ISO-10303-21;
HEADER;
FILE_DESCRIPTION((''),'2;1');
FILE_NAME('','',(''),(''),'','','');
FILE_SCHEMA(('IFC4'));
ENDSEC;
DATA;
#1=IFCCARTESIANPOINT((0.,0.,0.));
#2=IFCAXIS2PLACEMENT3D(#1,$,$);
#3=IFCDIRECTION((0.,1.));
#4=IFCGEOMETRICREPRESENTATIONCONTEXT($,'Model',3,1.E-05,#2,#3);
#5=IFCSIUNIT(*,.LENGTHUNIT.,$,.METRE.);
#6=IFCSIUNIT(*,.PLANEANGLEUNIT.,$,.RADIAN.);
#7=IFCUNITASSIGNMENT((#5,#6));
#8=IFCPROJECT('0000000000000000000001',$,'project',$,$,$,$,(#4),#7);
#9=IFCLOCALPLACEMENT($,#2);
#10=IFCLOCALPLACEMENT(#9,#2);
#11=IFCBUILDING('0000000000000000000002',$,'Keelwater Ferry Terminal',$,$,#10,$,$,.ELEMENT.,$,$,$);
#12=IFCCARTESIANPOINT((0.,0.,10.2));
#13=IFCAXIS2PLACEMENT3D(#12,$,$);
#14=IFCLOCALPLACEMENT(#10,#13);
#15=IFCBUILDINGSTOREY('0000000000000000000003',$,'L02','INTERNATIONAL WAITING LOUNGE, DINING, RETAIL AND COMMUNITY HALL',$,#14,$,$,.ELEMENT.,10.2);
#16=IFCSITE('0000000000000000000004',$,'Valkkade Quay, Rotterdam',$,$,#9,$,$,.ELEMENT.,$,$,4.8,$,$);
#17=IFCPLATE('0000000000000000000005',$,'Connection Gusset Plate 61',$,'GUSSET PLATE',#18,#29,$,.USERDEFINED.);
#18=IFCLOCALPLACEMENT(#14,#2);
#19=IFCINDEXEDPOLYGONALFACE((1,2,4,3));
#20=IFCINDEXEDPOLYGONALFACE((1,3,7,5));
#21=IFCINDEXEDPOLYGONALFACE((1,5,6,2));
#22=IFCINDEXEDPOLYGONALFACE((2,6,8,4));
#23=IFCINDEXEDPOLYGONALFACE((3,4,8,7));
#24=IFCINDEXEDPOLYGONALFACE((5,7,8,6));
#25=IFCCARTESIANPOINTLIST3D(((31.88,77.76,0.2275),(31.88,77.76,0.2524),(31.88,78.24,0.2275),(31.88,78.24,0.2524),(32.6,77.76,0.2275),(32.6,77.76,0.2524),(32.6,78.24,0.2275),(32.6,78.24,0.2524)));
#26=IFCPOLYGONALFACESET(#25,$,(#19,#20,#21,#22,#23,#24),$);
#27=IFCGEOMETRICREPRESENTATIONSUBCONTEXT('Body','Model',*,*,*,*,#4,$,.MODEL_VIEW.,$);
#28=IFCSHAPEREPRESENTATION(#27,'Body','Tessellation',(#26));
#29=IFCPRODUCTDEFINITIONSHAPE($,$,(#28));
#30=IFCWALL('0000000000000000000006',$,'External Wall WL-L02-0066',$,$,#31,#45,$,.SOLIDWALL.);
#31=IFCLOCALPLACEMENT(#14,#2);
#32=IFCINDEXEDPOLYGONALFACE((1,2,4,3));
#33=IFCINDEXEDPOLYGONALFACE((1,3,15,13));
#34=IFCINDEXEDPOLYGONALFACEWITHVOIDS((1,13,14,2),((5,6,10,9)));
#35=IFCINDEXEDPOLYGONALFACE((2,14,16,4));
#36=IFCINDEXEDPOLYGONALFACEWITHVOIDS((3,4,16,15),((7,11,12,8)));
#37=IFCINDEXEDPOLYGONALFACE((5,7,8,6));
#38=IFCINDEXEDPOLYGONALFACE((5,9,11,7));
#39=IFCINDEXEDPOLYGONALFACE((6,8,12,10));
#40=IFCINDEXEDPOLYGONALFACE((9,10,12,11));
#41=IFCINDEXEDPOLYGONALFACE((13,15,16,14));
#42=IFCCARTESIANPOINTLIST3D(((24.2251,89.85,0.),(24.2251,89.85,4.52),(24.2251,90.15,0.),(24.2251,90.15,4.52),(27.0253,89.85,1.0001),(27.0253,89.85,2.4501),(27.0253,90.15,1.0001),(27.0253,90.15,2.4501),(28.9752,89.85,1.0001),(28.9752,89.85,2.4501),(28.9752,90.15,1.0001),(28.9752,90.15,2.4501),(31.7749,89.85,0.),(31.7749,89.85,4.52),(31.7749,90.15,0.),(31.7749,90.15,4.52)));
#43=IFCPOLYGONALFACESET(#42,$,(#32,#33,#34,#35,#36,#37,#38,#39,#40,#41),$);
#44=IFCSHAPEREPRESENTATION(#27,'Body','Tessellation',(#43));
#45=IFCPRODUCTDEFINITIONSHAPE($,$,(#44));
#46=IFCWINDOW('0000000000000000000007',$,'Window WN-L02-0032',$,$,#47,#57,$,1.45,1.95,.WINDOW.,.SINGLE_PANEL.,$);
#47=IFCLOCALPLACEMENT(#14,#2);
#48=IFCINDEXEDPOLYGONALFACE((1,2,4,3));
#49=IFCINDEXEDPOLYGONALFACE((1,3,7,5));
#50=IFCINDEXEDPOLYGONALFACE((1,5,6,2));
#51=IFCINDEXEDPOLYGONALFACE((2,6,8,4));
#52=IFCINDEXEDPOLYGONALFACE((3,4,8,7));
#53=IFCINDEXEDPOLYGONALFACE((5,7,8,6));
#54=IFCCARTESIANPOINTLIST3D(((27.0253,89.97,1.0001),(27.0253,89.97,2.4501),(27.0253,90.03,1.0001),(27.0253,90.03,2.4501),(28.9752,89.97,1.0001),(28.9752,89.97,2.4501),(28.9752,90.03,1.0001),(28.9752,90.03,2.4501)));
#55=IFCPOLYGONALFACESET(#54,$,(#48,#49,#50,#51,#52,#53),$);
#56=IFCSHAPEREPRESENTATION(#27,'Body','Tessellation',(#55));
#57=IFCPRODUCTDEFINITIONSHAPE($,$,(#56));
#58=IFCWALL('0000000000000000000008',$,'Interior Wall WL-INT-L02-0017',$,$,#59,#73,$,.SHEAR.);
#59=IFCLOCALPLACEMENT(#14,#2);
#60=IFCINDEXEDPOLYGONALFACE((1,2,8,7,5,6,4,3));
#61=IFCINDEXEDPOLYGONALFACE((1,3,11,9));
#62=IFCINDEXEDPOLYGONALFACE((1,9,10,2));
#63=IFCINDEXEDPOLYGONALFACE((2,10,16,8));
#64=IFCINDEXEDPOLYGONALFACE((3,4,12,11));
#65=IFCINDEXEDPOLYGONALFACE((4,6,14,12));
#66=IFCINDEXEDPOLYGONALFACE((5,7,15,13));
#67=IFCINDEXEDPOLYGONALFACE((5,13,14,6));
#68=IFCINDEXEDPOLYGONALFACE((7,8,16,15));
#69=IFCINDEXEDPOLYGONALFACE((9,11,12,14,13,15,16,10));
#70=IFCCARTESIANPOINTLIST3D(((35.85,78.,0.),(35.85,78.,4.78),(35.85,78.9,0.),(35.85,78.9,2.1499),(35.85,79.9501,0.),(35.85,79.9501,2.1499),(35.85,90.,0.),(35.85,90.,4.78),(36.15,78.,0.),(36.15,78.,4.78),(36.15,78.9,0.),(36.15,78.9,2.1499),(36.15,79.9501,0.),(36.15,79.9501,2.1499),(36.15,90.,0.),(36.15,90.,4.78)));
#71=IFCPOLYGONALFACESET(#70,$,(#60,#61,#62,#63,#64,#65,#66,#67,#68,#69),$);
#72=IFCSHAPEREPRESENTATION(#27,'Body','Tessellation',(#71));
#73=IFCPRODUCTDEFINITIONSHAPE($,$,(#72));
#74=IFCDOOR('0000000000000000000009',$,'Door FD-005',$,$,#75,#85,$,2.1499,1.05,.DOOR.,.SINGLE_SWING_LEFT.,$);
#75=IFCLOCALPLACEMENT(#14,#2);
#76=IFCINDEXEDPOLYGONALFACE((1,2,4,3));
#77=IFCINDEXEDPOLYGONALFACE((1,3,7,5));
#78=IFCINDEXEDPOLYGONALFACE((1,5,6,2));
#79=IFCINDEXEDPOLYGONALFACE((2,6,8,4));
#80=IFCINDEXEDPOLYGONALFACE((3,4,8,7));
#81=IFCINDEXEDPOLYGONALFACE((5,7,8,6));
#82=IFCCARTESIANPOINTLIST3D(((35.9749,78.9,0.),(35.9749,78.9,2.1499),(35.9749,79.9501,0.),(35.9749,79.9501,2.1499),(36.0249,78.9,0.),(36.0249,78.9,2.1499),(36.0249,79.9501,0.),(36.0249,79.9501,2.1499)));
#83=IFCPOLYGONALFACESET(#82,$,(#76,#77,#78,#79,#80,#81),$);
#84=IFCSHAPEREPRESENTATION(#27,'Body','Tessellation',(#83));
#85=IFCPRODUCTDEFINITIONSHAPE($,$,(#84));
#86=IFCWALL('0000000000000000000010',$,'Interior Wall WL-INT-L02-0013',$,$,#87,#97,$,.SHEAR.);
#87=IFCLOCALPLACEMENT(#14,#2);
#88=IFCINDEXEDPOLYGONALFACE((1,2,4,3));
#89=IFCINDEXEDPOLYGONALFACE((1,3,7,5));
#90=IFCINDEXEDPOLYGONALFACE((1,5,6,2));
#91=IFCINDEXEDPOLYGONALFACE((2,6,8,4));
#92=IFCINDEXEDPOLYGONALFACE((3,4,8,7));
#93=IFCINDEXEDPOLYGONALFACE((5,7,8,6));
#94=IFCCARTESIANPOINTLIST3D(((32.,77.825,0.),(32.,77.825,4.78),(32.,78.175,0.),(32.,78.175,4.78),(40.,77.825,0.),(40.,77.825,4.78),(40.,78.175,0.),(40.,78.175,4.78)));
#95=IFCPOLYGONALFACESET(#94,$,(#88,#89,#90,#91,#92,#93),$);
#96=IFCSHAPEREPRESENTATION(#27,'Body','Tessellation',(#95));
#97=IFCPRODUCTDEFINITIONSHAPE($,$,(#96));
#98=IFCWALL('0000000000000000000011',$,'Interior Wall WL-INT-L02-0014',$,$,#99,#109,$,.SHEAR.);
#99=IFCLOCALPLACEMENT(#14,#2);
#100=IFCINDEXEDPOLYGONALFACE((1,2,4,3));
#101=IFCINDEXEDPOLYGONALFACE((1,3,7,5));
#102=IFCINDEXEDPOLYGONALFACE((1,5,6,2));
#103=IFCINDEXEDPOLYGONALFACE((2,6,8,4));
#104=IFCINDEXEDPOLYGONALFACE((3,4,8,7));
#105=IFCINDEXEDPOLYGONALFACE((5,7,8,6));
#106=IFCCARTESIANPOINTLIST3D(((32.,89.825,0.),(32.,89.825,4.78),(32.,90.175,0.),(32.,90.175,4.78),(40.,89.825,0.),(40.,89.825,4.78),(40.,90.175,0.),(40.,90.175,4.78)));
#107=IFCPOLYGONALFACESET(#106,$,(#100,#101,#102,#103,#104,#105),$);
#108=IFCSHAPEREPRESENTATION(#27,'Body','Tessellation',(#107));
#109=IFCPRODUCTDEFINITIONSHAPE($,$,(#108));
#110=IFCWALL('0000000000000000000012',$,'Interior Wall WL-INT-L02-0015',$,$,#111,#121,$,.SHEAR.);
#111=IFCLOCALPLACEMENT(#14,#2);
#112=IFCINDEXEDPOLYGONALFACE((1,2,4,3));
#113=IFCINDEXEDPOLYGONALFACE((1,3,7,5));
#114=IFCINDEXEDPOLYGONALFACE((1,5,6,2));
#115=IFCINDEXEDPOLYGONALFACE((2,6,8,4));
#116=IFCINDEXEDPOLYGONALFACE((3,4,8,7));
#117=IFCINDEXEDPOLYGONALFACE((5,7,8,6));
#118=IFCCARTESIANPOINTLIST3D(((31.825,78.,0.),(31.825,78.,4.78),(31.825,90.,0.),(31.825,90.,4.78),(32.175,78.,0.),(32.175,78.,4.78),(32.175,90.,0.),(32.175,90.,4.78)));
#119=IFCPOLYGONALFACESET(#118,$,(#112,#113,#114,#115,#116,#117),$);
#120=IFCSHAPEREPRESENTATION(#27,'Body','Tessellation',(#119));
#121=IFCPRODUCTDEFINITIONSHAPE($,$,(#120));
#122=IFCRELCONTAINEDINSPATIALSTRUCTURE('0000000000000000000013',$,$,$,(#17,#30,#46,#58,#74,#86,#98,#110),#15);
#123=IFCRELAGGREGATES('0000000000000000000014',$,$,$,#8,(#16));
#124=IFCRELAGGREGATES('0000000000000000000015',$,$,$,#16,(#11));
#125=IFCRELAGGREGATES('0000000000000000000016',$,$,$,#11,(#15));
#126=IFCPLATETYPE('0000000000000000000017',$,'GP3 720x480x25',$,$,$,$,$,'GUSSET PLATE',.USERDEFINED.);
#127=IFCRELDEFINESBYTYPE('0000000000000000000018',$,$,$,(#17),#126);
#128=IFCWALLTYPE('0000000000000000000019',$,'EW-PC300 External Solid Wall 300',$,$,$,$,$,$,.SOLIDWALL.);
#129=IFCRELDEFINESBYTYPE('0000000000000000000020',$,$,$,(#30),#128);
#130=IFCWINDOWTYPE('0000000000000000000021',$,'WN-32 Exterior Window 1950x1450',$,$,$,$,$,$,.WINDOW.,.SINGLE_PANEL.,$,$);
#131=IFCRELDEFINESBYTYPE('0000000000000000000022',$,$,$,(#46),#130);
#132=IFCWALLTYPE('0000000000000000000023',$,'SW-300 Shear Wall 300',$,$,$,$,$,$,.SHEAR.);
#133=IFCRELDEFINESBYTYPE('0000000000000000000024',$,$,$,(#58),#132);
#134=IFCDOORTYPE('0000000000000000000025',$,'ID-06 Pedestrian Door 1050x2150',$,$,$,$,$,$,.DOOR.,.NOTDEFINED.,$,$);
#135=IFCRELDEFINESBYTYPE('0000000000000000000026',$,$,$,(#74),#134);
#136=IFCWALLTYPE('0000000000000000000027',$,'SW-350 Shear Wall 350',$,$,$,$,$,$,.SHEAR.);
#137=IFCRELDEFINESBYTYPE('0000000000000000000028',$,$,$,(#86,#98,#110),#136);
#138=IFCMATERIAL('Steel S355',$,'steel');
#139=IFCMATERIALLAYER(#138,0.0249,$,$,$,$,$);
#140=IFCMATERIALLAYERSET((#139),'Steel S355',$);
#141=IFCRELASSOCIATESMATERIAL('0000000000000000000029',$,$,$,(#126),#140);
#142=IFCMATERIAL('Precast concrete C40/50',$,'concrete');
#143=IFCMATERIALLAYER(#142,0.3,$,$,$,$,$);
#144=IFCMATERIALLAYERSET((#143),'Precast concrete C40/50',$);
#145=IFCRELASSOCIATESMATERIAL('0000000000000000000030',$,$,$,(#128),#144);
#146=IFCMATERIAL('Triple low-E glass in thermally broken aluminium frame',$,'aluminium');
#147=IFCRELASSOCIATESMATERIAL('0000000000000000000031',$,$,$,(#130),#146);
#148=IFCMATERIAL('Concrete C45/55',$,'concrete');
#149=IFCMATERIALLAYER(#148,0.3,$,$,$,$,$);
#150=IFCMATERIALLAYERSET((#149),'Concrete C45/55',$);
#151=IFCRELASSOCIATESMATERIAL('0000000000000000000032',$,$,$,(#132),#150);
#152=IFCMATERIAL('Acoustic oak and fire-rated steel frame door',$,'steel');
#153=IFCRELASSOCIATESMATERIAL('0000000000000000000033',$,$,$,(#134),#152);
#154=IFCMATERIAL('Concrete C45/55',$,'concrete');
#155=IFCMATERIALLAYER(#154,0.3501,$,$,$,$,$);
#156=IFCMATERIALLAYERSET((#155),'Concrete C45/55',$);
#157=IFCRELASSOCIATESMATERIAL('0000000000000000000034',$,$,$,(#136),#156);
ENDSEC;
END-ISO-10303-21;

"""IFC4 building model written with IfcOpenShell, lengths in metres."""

from ifc_helpers import new_model, si_unit, direction, frame, frame_2d, origin, origin_2d, place, context, subcontext, project, spatial, rectangle, extrude, material, layer, layer_set, type_object, element, fill, save


model = new_model("IFC4")

# Units and contexts
model_context = context("Model", 3, precision=1e-05, world=origin(), true_north=direction((0.0, 1.0)))
body_context = subcontext(model_context, "Body", "Model", "MODEL_VIEW")
ifc_project = project(units=[si_unit("LENGTHUNIT", "METRE"), si_unit("PLANEANGLEUNIT", "RADIAN")], contexts=[model_context])

# Site, building, storey
site_placement = place(None, origin())
site = spatial("IfcSite", under=ifc_project, at=site_placement, Name="Valkkade Quay, Rotterdam", CompositionType="ELEMENT", RefElevation=4.8)
building_placement = place(site_placement, origin())
building = spatial("IfcBuilding", under=site, at=building_placement, Name="Keelwater Ferry Terminal", CompositionType="ELEMENT")
storey_placement = place(building_placement, frame((0.0, 0.0, 10.2)))
storey = spatial("IfcBuildingStorey", under=building, at=storey_placement, Name="L02", Description="INTERNATIONAL WAITING LOUNGE, DINING, RETAIL AND COMMUNITY HALL", CompositionType="ELEMENT", Elevation=10.2)

# Plate
ifc_material_1 = material(Name="Steel S355", Category="steel")
ifc_layer_1 = layer(ifc_material_1, 0.0249)
ifc_layer_set_1 = layer_set([ifc_layer_1], Name="Steel S355")
plate_type = type_object("IfcPlateType", Name="GP3 720x480x25", ElementType="GUSSET PLATE", PredefinedType="USERDEFINED", material=ifc_layer_set_1)
for number, where, z_axis, x_axis, name in (
    (1, (32.24, 78.0, 0.2275), (0.0, 0.0, 1.0), (1.0, 0.0, 0.0), "Connection Gusset Plate 61"),
):
    element("IfcPlate", number, at=place(storey_placement, frame(where, z_axis=z_axis, x_axis=x_axis)), inside=storey, type_object=plate_type, Name=name, ObjectType="GUSSET PLATE", PredefinedType="USERDEFINED", context=body_context, shape_type="SweptSolid", body=[
        extrude(rectangle(XDim=0.72, YDim=0.48, at=origin_2d()), origin(), (0.0, 0.0, 1.0), 0.0249),
    ])

# Wall, opening, window
ifc_material_2 = material(Name="Precast concrete C40/50", Category="concrete")
ifc_layer_2 = layer(ifc_material_2, 0.3)
ifc_layer_set_2 = layer_set([ifc_layer_2], Name="Precast concrete C40/50")
wall_type_1 = type_object("IfcWallType", Name="EW-PC300 External Solid Wall 300", PredefinedType="SOLIDWALL", material=ifc_layer_set_2)
wall_1_placement = place(storey_placement, frame((24.2251, 90.0, 0.0), z_axis=(0.0, 0.0, 1.0), x_axis=(1.0, 0.0, 0.0)))
wall_1 = element("IfcWall", 2, at=wall_1_placement, inside=storey, type_object=wall_type_1, Name="External Wall WL-L02-0066", PredefinedType="SOLIDWALL", context=body_context, shape_type="SweptSolid", body=[
    extrude(rectangle(XDim=7.5498, YDim=0.3, at=frame_2d((3.7749, 0.0))), origin(), (0.0, 0.0, 1.0), 4.52),
])
opening_1_placement = place(wall_1_placement, frame((2.8, 0.0, 1.0)))
opening_1 = element("IfcOpeningElement", 3, at=opening_1_placement, cuts=wall_1, PredefinedType="OPENING", context=body_context, shape_type="SweptSolid", body=[
    extrude(rectangle(XDim=1.95, YDim=1.45, at=frame_2d((0.9751, 0.7251))), frame((0.0, 0.1599, 0.0), z_axis=(0.0, -1.0, 0.0), x_axis=(1.0, 0.0, 0.0)), (0.0, 0.0, 1.0), 0.3201),
])
ifc_material_3 = material(Name="Triple low-E glass in thermally broken aluminium frame", Category="aluminium")
window_type = type_object("IfcWindowType", Name="WN-32 Exterior Window 1950x1450", PartitioningType="SINGLE_PANEL", PredefinedType="WINDOW", material=ifc_material_3)
window_placement = place(opening_1_placement, origin())
window = element("IfcWindow", 4, at=window_placement, inside=storey, type_object=window_type, Name="Window WN-L02-0032", OverallHeight=1.45, OverallWidth=1.95, PartitioningType="SINGLE_PANEL", PredefinedType="WINDOW", context=body_context, shape_type="SweptSolid", body=[
    extrude(rectangle(XDim=1.95, YDim=1.45, at=frame_2d((0.9751, 0.7251))), frame((0.0, 0.03, 0.0), z_axis=(0.0, -1.0, 0.0), x_axis=(1.0, 0.0, 0.0)), (0.0, 0.0, 1.0), 0.0601),
])
fill(opening_1, window)

# Wall, opening, door
ifc_material_4 = material(Name="Concrete C45/55", Category="concrete")
ifc_layer_3 = layer(ifc_material_4, 0.3)
ifc_layer_set_3 = layer_set([ifc_layer_3], Name="Concrete C45/55")
wall_type_2 = type_object("IfcWallType", Name="SW-300 Shear Wall 300", PredefinedType="SHEAR", material=ifc_layer_set_3)
wall_2_placement = place(storey_placement, frame((36.0, 90.0, 0.0), z_axis=(0.0, 0.0, 1.0), x_axis=(0.0, -1.0, 0.0)))
wall_2 = element("IfcWall", 5, at=wall_2_placement, inside=storey, type_object=wall_type_2, Name="Interior Wall WL-INT-L02-0017", PredefinedType="SHEAR", context=body_context, shape_type="SweptSolid", body=[
    extrude(rectangle(XDim=12.0, YDim=0.3, at=frame_2d((6.0, 0.0))), origin(), (0.0, 0.0, 1.0), 4.78),
])
opening_2_placement = place(wall_2_placement, frame((10.05, 0.0, 0.0)))
opening_2 = element("IfcOpeningElement", 6, at=opening_2_placement, cuts=wall_2, PredefinedType="OPENING", context=body_context, shape_type="SweptSolid", body=[
    extrude(rectangle(XDim=1.05, YDim=2.1499, at=frame_2d((0.5249, 1.075))), frame((0.0, 0.1599, 0.0), z_axis=(0.0, -1.0, 0.0), x_axis=(1.0, 0.0, 0.0)), (0.0, 0.0, 1.0), 0.3201),
])
ifc_material_5 = material(Name="Acoustic oak and fire-rated steel frame door", Category="steel")
door_type = type_object("IfcDoorType", Name="ID-06 Pedestrian Door 1050x2150", OperationType="NOTDEFINED", PredefinedType="DOOR", material=ifc_material_5)
door_placement = place(opening_2_placement, origin())
door = element("IfcDoor", 7, at=door_placement, inside=storey, type_object=door_type, Name="Door FD-005", OperationType="SINGLE_SWING_LEFT", OverallHeight=2.1499, OverallWidth=1.05, PredefinedType="DOOR", context=body_context, shape_type="SweptSolid", body=[
    extrude(rectangle(XDim=1.05, YDim=2.1499, at=frame_2d((0.5249, 1.075))), frame((0.0, 0.0249, 0.0), z_axis=(0.0, -1.0, 0.0), x_axis=(1.0, 0.0, 0.0)), (0.0, 0.0, 1.0), 0.05),
])
fill(opening_2, door)

# Walls
ifc_material_6 = material(Name="Concrete C45/55", Category="concrete")
ifc_layer_4 = layer(ifc_material_6, 0.3501)
ifc_layer_set_4 = layer_set([ifc_layer_4], Name="Concrete C45/55")
wall_type_3 = type_object("IfcWallType", Name="SW-350 Shear Wall 350", PredefinedType="SHEAR", material=ifc_layer_set_4)
for number, where, z_axis, x_axis, name in (
    (8, (32.0, 78.0, 0.0), (0.0, 0.0, 1.0), (1.0, 0.0, 0.0), "Interior Wall WL-INT-L02-0013"),
    (9, (32.0, 90.0, 0.0), (0.0, 0.0, 1.0), (1.0, 0.0, 0.0), "Interior Wall WL-INT-L02-0014"),
):
    element("IfcWall", number, at=place(storey_placement, frame(where, z_axis=z_axis, x_axis=x_axis)), inside=storey, type_object=wall_type_3, Name=name, PredefinedType="SHEAR", context=body_context, shape_type="SweptSolid", body=[
        extrude(rectangle(XDim=8.0, YDim=0.3501, at=frame_2d((4.0, 0.0))), origin(), (0.0, 0.0, 1.0), 4.78),
    ])
wall_3_placement = place(storey_placement, frame((32.0, 78.0, 0.0), z_axis=(0.0, 0.0, 1.0), x_axis=(0.0, 1.0, 0.0)))
element("IfcWall", 10, at=wall_3_placement, inside=storey, type_object=wall_type_3, Name="Interior Wall WL-INT-L02-0015", PredefinedType="SHEAR", context=body_context, shape_type="SweptSolid", body=[
    extrude(rectangle(XDim=12.0, YDim=0.3501, at=frame_2d((6.0, 0.0))), origin(), (0.0, 0.0, 1.0), 4.78),
])

save(model, "model.ifc")
